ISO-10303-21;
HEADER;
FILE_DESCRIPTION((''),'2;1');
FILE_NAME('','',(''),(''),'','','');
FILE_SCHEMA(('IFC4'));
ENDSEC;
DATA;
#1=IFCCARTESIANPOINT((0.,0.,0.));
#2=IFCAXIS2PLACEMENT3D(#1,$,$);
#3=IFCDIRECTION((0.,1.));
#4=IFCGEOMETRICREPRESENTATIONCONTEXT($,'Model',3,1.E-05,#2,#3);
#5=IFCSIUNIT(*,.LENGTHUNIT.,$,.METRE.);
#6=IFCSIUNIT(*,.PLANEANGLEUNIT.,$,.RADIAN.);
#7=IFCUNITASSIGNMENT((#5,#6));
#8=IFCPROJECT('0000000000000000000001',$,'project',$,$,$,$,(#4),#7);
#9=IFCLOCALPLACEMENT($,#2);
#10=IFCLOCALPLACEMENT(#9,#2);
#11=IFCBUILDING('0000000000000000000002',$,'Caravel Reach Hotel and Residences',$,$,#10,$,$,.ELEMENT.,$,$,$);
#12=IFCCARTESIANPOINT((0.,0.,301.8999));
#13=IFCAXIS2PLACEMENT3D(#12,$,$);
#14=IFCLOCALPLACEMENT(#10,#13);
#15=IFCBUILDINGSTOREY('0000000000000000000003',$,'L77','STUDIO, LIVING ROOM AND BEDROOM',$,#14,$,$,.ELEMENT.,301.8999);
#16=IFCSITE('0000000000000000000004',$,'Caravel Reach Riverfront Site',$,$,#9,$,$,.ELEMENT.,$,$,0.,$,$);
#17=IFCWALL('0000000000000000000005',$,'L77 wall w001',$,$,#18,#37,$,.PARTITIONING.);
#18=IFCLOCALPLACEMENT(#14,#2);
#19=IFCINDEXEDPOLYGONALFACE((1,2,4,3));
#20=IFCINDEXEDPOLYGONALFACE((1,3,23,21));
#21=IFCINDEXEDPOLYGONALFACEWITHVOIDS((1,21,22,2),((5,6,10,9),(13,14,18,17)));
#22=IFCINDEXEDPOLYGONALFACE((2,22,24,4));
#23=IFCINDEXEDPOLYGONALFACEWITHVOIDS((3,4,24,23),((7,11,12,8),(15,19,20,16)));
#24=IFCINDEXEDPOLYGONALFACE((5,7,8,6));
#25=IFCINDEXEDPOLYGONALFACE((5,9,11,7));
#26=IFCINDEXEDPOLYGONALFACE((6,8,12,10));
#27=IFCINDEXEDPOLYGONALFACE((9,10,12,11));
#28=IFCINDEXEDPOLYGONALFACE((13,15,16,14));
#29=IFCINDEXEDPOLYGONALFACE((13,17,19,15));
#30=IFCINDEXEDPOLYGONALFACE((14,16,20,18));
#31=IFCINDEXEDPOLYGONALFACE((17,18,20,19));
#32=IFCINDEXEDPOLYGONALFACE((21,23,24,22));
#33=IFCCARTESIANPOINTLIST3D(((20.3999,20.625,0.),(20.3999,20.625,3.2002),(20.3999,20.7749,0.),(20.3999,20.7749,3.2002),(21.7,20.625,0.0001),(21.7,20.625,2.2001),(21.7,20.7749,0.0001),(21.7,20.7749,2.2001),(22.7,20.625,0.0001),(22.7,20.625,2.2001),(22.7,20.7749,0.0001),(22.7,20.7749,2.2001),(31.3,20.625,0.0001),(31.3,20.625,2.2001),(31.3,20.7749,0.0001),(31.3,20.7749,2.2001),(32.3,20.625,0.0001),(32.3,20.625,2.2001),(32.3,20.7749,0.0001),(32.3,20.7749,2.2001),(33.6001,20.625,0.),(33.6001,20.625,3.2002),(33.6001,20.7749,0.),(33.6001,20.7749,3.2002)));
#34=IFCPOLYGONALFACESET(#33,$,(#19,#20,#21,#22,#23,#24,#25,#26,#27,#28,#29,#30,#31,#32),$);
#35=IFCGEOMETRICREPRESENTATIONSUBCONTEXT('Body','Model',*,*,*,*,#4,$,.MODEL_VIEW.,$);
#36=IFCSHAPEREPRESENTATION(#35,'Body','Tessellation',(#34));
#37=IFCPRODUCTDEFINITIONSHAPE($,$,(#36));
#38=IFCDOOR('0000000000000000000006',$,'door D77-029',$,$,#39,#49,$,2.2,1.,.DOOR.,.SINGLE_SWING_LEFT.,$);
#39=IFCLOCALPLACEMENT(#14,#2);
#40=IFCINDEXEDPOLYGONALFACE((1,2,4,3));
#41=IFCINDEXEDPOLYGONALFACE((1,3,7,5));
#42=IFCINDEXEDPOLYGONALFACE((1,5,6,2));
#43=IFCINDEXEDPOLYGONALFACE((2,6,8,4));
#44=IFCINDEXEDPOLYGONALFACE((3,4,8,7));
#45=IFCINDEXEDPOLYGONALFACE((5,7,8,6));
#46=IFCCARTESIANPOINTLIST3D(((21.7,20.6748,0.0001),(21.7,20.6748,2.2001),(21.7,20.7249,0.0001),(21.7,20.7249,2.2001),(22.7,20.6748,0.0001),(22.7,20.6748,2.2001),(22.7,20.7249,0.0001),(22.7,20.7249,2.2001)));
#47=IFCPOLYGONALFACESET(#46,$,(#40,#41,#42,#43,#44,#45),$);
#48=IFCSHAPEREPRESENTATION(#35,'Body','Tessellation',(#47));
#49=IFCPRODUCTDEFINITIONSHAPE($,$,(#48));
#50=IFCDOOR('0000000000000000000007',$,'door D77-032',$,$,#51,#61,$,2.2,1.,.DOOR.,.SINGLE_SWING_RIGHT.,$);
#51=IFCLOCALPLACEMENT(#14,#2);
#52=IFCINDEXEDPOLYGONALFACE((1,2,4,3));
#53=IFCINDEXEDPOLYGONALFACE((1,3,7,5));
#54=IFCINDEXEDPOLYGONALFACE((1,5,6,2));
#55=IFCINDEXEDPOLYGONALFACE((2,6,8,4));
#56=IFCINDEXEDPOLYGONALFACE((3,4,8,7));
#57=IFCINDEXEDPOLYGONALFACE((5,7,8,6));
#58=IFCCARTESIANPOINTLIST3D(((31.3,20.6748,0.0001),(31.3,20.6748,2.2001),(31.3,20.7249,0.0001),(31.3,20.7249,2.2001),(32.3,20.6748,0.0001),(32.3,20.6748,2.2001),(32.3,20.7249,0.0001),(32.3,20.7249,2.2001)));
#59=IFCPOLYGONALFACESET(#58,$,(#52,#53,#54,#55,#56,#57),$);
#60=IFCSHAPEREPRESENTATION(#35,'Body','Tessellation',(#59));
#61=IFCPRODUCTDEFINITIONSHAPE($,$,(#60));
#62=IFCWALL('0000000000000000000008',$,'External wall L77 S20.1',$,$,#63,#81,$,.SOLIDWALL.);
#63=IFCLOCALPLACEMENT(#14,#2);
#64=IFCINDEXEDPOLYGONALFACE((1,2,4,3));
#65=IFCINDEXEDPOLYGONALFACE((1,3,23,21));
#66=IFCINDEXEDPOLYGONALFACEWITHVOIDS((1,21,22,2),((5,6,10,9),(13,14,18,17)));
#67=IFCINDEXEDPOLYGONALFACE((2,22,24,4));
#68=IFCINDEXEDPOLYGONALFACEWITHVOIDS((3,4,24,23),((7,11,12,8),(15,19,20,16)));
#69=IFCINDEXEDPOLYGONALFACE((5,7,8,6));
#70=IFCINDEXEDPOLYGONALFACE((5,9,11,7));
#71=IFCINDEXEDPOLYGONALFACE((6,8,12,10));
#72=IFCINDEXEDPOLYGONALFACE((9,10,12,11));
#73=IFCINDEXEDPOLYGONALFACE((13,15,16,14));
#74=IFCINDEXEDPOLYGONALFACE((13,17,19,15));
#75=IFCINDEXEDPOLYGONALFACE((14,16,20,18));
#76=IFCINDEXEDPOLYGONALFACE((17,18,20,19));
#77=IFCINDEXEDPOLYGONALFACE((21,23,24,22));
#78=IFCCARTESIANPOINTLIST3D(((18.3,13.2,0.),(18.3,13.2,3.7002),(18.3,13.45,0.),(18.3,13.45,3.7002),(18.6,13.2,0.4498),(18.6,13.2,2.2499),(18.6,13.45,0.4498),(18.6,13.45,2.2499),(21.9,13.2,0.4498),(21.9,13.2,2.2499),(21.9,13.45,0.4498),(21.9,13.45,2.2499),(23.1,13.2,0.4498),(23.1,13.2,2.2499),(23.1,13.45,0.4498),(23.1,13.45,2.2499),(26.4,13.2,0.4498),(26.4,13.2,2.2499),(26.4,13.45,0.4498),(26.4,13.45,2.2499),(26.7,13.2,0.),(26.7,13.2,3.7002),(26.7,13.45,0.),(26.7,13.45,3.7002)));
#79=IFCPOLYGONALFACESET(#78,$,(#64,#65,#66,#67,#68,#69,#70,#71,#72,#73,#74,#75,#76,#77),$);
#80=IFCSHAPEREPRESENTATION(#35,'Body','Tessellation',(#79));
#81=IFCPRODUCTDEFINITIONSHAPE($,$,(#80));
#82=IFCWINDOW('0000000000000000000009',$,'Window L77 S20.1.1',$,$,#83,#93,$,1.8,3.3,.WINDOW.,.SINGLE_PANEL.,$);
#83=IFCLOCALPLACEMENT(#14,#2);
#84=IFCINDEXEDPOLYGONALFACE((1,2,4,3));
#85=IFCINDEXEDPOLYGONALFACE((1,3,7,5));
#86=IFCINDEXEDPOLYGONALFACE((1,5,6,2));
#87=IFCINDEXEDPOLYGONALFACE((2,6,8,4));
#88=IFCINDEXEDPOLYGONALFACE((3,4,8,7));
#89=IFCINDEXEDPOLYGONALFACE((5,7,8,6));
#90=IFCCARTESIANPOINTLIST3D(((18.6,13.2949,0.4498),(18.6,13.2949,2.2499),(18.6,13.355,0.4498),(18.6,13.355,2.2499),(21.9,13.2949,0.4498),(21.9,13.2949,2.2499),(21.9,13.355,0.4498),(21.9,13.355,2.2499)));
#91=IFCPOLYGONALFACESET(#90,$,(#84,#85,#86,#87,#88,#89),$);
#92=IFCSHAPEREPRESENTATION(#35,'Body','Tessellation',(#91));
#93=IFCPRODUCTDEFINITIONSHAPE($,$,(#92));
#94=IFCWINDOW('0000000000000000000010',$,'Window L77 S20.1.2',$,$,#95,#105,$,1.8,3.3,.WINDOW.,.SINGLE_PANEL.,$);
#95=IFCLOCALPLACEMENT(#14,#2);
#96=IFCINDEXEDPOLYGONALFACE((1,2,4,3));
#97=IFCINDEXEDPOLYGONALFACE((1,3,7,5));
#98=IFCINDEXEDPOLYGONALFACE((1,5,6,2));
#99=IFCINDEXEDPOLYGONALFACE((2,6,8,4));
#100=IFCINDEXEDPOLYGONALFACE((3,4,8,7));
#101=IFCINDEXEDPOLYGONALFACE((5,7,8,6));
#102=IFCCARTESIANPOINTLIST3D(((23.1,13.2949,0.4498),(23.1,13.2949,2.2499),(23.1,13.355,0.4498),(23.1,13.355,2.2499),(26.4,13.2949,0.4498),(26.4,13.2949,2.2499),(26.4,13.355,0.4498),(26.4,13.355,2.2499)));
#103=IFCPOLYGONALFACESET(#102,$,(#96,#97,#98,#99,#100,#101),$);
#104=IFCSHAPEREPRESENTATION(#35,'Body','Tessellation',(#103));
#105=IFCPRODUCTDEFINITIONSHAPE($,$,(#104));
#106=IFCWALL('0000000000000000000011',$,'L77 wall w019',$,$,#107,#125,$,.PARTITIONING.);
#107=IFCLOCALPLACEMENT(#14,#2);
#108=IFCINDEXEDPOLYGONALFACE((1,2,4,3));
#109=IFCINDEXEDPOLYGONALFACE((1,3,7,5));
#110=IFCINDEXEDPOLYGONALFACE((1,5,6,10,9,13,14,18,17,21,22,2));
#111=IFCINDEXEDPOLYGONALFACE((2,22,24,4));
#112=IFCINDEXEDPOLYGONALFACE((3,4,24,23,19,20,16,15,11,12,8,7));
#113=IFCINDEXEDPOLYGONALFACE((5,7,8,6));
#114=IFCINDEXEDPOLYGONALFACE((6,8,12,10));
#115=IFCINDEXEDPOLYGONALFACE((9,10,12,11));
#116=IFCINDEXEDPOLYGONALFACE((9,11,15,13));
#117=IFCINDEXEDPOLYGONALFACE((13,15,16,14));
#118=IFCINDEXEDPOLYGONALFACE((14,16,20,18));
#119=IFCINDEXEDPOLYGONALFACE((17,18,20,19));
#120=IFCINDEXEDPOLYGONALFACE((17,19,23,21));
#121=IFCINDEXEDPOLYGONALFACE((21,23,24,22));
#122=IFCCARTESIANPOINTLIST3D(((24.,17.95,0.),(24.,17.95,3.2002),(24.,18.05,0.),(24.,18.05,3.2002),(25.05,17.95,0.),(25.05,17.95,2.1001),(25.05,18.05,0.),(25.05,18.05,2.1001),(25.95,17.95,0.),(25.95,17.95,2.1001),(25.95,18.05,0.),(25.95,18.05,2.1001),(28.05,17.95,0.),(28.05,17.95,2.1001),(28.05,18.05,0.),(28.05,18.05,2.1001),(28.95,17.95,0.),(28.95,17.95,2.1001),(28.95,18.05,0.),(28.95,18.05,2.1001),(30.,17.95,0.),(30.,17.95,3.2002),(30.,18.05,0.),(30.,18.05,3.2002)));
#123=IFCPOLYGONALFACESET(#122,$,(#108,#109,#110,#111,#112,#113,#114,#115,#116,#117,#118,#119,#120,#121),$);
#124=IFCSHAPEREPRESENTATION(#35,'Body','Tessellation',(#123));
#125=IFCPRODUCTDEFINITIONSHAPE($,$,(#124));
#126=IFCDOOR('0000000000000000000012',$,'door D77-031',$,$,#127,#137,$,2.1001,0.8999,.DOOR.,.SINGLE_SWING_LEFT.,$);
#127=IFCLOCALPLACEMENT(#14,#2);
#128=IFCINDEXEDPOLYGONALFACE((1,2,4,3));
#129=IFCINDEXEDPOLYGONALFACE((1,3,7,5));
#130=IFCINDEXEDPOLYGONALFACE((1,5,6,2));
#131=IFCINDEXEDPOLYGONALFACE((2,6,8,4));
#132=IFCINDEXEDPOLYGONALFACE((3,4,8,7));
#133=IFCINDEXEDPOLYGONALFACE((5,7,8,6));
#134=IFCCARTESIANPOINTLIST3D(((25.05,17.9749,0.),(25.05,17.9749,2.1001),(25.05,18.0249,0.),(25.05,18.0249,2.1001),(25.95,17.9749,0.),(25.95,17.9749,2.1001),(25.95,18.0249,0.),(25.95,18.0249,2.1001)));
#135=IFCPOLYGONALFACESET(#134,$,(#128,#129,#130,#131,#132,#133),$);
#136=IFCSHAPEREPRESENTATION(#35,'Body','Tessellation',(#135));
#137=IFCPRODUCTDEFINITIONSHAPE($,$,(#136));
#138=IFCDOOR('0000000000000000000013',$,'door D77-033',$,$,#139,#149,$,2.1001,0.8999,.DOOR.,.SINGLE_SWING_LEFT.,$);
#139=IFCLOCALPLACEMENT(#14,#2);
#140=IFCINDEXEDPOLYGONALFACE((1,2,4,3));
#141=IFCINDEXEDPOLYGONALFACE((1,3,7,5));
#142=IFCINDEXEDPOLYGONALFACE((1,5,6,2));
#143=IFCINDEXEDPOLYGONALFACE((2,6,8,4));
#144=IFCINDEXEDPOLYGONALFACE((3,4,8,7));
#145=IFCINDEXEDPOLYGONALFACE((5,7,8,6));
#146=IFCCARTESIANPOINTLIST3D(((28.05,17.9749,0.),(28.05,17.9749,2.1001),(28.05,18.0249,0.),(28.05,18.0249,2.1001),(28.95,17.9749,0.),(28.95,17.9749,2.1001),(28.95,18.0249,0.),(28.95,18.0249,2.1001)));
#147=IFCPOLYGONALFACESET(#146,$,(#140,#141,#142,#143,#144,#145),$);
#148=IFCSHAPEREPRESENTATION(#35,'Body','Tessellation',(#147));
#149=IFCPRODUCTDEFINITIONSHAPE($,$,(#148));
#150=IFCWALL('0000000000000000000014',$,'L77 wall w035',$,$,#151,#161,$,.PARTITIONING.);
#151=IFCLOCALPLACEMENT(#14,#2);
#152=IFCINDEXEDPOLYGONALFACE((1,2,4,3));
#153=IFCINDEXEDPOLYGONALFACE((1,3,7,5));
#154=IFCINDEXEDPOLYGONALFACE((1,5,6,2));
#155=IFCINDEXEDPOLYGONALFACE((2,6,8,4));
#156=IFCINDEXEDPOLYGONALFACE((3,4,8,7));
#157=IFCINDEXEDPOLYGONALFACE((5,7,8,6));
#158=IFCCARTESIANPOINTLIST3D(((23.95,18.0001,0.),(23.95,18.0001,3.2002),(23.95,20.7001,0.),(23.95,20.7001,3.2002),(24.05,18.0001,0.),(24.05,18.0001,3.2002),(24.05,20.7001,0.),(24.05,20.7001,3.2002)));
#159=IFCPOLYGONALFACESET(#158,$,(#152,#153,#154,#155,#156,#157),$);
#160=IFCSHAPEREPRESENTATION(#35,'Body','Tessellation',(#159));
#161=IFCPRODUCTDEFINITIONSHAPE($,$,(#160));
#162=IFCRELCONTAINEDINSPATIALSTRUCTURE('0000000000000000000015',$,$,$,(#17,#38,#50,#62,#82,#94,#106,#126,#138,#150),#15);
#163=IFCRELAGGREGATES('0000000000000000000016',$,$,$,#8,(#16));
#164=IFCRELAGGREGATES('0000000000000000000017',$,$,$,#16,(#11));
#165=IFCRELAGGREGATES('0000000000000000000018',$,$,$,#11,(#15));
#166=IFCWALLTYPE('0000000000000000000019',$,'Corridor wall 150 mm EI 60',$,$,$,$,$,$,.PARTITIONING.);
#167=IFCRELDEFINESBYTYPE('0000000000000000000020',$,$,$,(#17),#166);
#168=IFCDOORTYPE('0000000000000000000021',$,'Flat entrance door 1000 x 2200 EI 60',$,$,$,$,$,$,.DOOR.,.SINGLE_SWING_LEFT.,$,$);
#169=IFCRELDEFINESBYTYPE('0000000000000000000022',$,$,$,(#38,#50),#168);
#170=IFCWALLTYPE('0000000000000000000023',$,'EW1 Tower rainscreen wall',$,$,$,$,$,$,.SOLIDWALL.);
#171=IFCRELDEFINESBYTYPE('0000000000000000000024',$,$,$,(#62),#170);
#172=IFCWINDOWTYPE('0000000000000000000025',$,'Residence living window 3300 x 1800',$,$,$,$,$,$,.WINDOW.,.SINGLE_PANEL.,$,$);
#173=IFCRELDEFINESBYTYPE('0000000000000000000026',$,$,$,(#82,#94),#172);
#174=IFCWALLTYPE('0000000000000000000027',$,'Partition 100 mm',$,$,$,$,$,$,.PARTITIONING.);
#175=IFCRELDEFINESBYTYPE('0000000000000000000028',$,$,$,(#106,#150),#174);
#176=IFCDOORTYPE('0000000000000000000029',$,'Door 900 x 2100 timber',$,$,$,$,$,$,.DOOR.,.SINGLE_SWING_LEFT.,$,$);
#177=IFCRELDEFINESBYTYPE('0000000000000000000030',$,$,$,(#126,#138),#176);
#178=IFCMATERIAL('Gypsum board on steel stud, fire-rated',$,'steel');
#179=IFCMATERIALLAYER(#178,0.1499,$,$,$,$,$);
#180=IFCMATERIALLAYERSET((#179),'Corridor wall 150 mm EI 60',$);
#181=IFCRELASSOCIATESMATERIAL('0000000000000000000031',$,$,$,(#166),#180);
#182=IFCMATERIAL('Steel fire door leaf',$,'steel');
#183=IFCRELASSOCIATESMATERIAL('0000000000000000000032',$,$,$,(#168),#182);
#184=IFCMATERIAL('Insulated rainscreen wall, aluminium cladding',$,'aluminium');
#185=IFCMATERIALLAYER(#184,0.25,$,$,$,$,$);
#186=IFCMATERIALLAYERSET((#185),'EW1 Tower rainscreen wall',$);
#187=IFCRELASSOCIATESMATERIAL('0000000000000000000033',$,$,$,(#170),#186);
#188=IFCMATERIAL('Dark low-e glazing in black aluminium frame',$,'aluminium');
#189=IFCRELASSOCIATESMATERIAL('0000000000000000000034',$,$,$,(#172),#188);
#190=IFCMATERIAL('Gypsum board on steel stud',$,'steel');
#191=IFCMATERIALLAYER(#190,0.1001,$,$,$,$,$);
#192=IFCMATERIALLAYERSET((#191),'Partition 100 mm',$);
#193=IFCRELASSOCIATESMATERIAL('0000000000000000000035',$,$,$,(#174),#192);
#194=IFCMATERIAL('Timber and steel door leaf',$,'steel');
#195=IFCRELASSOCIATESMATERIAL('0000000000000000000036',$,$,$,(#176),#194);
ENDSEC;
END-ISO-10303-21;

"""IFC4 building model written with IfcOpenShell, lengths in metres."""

from ifc_helpers import new_model, si_unit, direction, frame, frame_2d, origin, place, context, subcontext, project, spatial, rectangle, extrude, material, layer, layer_set, type_object, element, fill, save


model = new_model("IFC4")

# Units and contexts
model_context = context("Model", 3, precision=1e-05, world=origin(), true_north=direction((0.0, 1.0)))
body_context = subcontext(model_context, "Body", "Model", "MODEL_VIEW")
ifc_project = project(units=[si_unit("LENGTHUNIT", "METRE"), si_unit("PLANEANGLEUNIT", "RADIAN")], contexts=[model_context])

# Site, building, storey
site_placement = place(None, origin())
site = spatial("IfcSite", under=ifc_project, at=site_placement, Name="Caravel Reach Riverfront Site", CompositionType="ELEMENT", RefElevation=0.0)
building_placement = place(site_placement, origin())
building = spatial("IfcBuilding", under=site, at=building_placement, Name="Caravel Reach Hotel and Residences", CompositionType="ELEMENT")
storey_placement = place(building_placement, frame((0.0, 0.0, 301.8999)))
storey = spatial("IfcBuildingStorey", under=building, at=storey_placement, Name="L77", Description="STUDIO, LIVING ROOM AND BEDROOM", CompositionType="ELEMENT", Elevation=301.8999)

# Wall, openings, doors
ifc_material_1 = material(Name="Gypsum board on steel stud, fire-rated", Category="steel")
ifc_layer_1 = layer(ifc_material_1, 0.1499)
ifc_layer_set_1 = layer_set([ifc_layer_1], Name="Corridor wall 150 mm EI 60")
wall_type_1 = type_object("IfcWallType", Name="Corridor wall 150 mm EI 60", PredefinedType="PARTITIONING", material=ifc_layer_set_1)
wall_1_placement = place(storey_placement, frame((20.3999, 20.7, 0.0), z_axis=(0.0, 0.0, 1.0), x_axis=(1.0, 0.0, 0.0)))
wall_1 = element("IfcWall", 1, at=wall_1_placement, inside=storey, type_object=wall_type_1, Name="L77 wall w001", PredefinedType="PARTITIONING", context=body_context, shape_type="SweptSolid", body=[
    extrude(rectangle(XDim=13.2002, YDim=0.1499, at=frame_2d((6.6001, 0.0))), origin(), (0.0, 0.0, 1.0), 3.2002),
])
opening_1_placement = place(wall_1_placement, frame((1.3, 0.0, 0.0)))
opening_1 = element("IfcOpeningElement", 2, at=opening_1_placement, cuts=wall_1, PredefinedType="OPENING", context=body_context, shape_type="SweptSolid", body=[
    extrude(rectangle(XDim=1.0, YDim=2.2, at=frame_2d((0.5, 1.1001))), frame((0.0, 0.085, 0.0), z_axis=(0.0, -1.0, 0.0), x_axis=(1.0, 0.0, 0.0)), (0.0, 0.0, 1.0), 0.1699),
])
opening_2_placement = place(wall_1_placement, frame((10.9001, 0.0, 0.0)))
opening_2 = element("IfcOpeningElement", 3, at=opening_2_placement, cuts=wall_1, PredefinedType="OPENING", context=body_context, shape_type="SweptSolid", body=[
    extrude(rectangle(XDim=1.0, YDim=2.2, at=frame_2d((0.5, 1.1001))), frame((0.0, 0.085, 0.0), z_axis=(0.0, -1.0, 0.0), x_axis=(1.0, 0.0, 0.0)), (0.0, 0.0, 1.0), 0.1699),
])
ifc_material_2 = material(Name="Steel fire door leaf", Category="steel")
door_type_1 = type_object("IfcDoorType", Name="Flat entrance door 1000 x 2200 EI 60", OperationType="SINGLE_SWING_LEFT", PredefinedType="DOOR", material=ifc_material_2)
door_1_placement = place(opening_1_placement, origin())
door_1 = element("IfcDoor", 4, at=door_1_placement, inside=storey, type_object=door_type_1, Name="door D77-029", OperationType="SINGLE_SWING_LEFT", OverallHeight=2.2, OverallWidth=1.0, PredefinedType="DOOR", context=body_context, shape_type="SweptSolid", body=[
    extrude(rectangle(XDim=1.0, YDim=2.2, at=frame_2d((0.5, 1.1001))), frame((0.0, 0.0249, 0.0), z_axis=(0.0, -1.0, 0.0), x_axis=(1.0, 0.0, 0.0)), (0.0, 0.0, 1.0), 0.05),
])
fill(opening_1, door_1)
door_2_placement = place(opening_2_placement, origin())
door_2 = element("IfcDoor", 5, at=door_2_placement, inside=storey, type_object=door_type_1, Name="door D77-032", OperationType="SINGLE_SWING_RIGHT", OverallHeight=2.2, OverallWidth=1.0, PredefinedType="DOOR", context=body_context, shape_type="SweptSolid", body=[
    extrude(rectangle(XDim=1.0, YDim=2.2, at=frame_2d((0.5, 1.1001))), frame((0.0, 0.0249, 0.0), z_axis=(0.0, -1.0, 0.0), x_axis=(1.0, 0.0, 0.0)), (0.0, 0.0, 1.0), 0.05),
])
fill(opening_2, door_2)

# Wall, openings, windows
ifc_material_3 = material(Name="Insulated rainscreen wall, aluminium cladding", Category="aluminium")
ifc_layer_2 = layer(ifc_material_3, 0.25)
ifc_layer_set_2 = layer_set([ifc_layer_2], Name="EW1 Tower rainscreen wall")
wall_type_2 = type_object("IfcWallType", Name="EW1 Tower rainscreen wall", PredefinedType="SOLIDWALL", material=ifc_layer_set_2)
wall_2_placement = place(storey_placement, frame((18.3, 13.325, 0.0), z_axis=(0.0, 0.0, 1.0), x_axis=(1.0, 0.0, 0.0)))
wall_2 = element("IfcWall", 6, at=wall_2_placement, inside=storey, type_object=wall_type_2, Name="External wall L77 S20.1", PredefinedType="SOLIDWALL", context=body_context, shape_type="SweptSolid", body=[
    extrude(rectangle(XDim=8.3999, YDim=0.25, at=frame_2d((4.2, 0.0))), origin(), (0.0, 0.0, 1.0), 3.7002),
])
opening_3_placement = place(wall_2_placement, frame((0.3, 0.0, 0.45)))
opening_3 = element("IfcOpeningElement", 7, at=opening_3_placement, cuts=wall_2, PredefinedType="OPENING", context=body_context, shape_type="SweptSolid", body=[
    extrude(rectangle(XDim=3.3, YDim=1.8, at=frame_2d((1.6499, 0.8999))), frame((0.0, 0.135, 0.0), z_axis=(0.0, -1.0, 0.0), x_axis=(1.0, 0.0, 0.0)), (0.0, 0.0, 1.0), 0.27),
])
opening_4_placement = place(wall_2_placement, frame((4.8, 0.0, 0.45)))
opening_4 = element("IfcOpeningElement", 8, at=opening_4_placement, cuts=wall_2, PredefinedType="OPENING", context=body_context, shape_type="SweptSolid", body=[
    extrude(rectangle(XDim=3.3, YDim=1.8, at=frame_2d((1.6499, 0.8999))), frame((0.0, 0.135, 0.0), z_axis=(0.0, -1.0, 0.0), x_axis=(1.0, 0.0, 0.0)), (0.0, 0.0, 1.0), 0.27),
])
ifc_material_4 = material(Name="Dark low-e glazing in black aluminium frame", Category="aluminium")
window_type = type_object("IfcWindowType", Name="Residence living window 3300 x 1800", PartitioningType="SINGLE_PANEL", PredefinedType="WINDOW", material=ifc_material_4)
window_1_placement = place(opening_3_placement, origin())
window_1 = element("IfcWindow", 9, at=window_1_placement, inside=storey, type_object=window_type, Name="Window L77 S20.1.1", OverallHeight=1.8, OverallWidth=3.3, PartitioningType="SINGLE_PANEL", PredefinedType="WINDOW", context=body_context, shape_type="SweptSolid", body=[
    extrude(rectangle(XDim=3.3, YDim=1.8, at=frame_2d((1.6499, 0.8999))), frame((0.0, 0.03, 0.0), z_axis=(0.0, -1.0, 0.0), x_axis=(1.0, 0.0, 0.0)), (0.0, 0.0, 1.0), 0.0601),
])
fill(opening_3, window_1)
window_2_placement = place(opening_4_placement, origin())
window_2 = element("IfcWindow", 10, at=window_2_placement, inside=storey, type_object=window_type, Name="Window L77 S20.1.2", OverallHeight=1.8, OverallWidth=3.3, PartitioningType="SINGLE_PANEL", PredefinedType="WINDOW", context=body_context, shape_type="SweptSolid", body=[
    extrude(rectangle(XDim=3.3, YDim=1.8, at=frame_2d((1.6499, 0.8999))), frame((0.0, 0.03, 0.0), z_axis=(0.0, -1.0, 0.0), x_axis=(1.0, 0.0, 0.0)), (0.0, 0.0, 1.0), 0.0601),
])
fill(opening_4, window_2)

# Wall, openings, doors
ifc_material_5 = material(Name="Gypsum board on steel stud", Category="steel")
ifc_layer_3 = layer(ifc_material_5, 0.1001)
ifc_layer_set_3 = layer_set([ifc_layer_3], Name="Partition 100 mm")
wall_type_3 = type_object("IfcWallType", Name="Partition 100 mm", PredefinedType="PARTITIONING", material=ifc_layer_set_3)
wall_3_placement = place(storey_placement, frame((24.0, 18.0, 0.0), z_axis=(0.0, 0.0, 1.0), x_axis=(1.0, 0.0, 0.0)))
wall_3 = element("IfcWall", 11, at=wall_3_placement, inside=storey, type_object=wall_type_3, Name="L77 wall w019", PredefinedType="PARTITIONING", context=body_context, shape_type="SweptSolid", body=[
    extrude(rectangle(XDim=6.0, YDim=0.1001, at=frame_2d((3.0, 0.0))), origin(), (0.0, 0.0, 1.0), 3.2002),
])
opening_5_placement = place(wall_3_placement, frame((1.05, 0.0, 0.0)))
opening_5 = element("IfcOpeningElement", 12, at=opening_5_placement, cuts=wall_3, PredefinedType="OPENING", context=body_context, shape_type="SweptSolid", body=[
    extrude(rectangle(XDim=0.8999, YDim=2.1001, at=frame_2d((0.45, 1.05))), frame((0.0, 0.0601, 0.0), z_axis=(0.0, -1.0, 0.0), x_axis=(1.0, 0.0, 0.0)), (0.0, 0.0, 1.0), 0.1201),
])
opening_6_placement = place(wall_3_placement, frame((4.05, 0.0, 0.0)))
opening_6 = element("IfcOpeningElement", 13, at=opening_6_placement, cuts=wall_3, PredefinedType="OPENING", context=body_context, shape_type="SweptSolid", body=[
    extrude(rectangle(XDim=0.8999, YDim=2.1001, at=frame_2d((0.45, 1.05))), frame((0.0, 0.0601, 0.0), z_axis=(0.0, -1.0, 0.0), x_axis=(1.0, 0.0, 0.0)), (0.0, 0.0, 1.0), 0.1201),
])
ifc_material_6 = material(Name="Timber and steel door leaf", Category="steel")
door_type_2 = type_object("IfcDoorType", Name="Door 900 x 2100 timber", OperationType="SINGLE_SWING_LEFT", PredefinedType="DOOR", material=ifc_material_6)
door_3_placement = place(opening_5_placement, origin())
door_3 = element("IfcDoor", 14, at=door_3_placement, inside=storey, type_object=door_type_2, Name="door D77-031", OperationType="SINGLE_SWING_LEFT", OverallHeight=2.1001, OverallWidth=0.8999, PredefinedType="DOOR", context=body_context, shape_type="SweptSolid", body=[
    extrude(rectangle(XDim=0.8999, YDim=2.1001, at=frame_2d((0.45, 1.05))), frame((0.0, 0.0249, 0.0), z_axis=(0.0, -1.0, 0.0), x_axis=(1.0, 0.0, 0.0)), (0.0, 0.0, 1.0), 0.05),
])
fill(opening_5, door_3)
door_4_placement = place(opening_6_placement, origin())
door_4 = element("IfcDoor", 15, at=door_4_placement, inside=storey, type_object=door_type_2, Name="door D77-033", OperationType="SINGLE_SWING_LEFT", OverallHeight=2.1001, OverallWidth=0.8999, PredefinedType="DOOR", context=body_context, shape_type="SweptSolid", body=[
    extrude(rectangle(XDim=0.8999, YDim=2.1001, at=frame_2d((0.45, 1.05))), frame((0.0, 0.0249, 0.0), z_axis=(0.0, -1.0, 0.0), x_axis=(1.0, 0.0, 0.0)), (0.0, 0.0, 1.0), 0.05),
])
fill(opening_6, door_4)

# Wall
wall_4_placement = place(storey_placement, frame((24.0, 18.0, 0.0), z_axis=(0.0, 0.0, 1.0), x_axis=(0.0, 1.0, 0.0)))
element("IfcWall", 16, at=wall_4_placement, inside=storey, type_object=wall_type_3, Name="L77 wall w035", PredefinedType="PARTITIONING", context=body_context, shape_type="SweptSolid", body=[
    extrude(rectangle(XDim=2.7, YDim=0.1001, at=frame_2d((1.3501, 0.0))), origin(), (0.0, 0.0, 1.0), 3.2002),
])

save(model, "model.ifc")
